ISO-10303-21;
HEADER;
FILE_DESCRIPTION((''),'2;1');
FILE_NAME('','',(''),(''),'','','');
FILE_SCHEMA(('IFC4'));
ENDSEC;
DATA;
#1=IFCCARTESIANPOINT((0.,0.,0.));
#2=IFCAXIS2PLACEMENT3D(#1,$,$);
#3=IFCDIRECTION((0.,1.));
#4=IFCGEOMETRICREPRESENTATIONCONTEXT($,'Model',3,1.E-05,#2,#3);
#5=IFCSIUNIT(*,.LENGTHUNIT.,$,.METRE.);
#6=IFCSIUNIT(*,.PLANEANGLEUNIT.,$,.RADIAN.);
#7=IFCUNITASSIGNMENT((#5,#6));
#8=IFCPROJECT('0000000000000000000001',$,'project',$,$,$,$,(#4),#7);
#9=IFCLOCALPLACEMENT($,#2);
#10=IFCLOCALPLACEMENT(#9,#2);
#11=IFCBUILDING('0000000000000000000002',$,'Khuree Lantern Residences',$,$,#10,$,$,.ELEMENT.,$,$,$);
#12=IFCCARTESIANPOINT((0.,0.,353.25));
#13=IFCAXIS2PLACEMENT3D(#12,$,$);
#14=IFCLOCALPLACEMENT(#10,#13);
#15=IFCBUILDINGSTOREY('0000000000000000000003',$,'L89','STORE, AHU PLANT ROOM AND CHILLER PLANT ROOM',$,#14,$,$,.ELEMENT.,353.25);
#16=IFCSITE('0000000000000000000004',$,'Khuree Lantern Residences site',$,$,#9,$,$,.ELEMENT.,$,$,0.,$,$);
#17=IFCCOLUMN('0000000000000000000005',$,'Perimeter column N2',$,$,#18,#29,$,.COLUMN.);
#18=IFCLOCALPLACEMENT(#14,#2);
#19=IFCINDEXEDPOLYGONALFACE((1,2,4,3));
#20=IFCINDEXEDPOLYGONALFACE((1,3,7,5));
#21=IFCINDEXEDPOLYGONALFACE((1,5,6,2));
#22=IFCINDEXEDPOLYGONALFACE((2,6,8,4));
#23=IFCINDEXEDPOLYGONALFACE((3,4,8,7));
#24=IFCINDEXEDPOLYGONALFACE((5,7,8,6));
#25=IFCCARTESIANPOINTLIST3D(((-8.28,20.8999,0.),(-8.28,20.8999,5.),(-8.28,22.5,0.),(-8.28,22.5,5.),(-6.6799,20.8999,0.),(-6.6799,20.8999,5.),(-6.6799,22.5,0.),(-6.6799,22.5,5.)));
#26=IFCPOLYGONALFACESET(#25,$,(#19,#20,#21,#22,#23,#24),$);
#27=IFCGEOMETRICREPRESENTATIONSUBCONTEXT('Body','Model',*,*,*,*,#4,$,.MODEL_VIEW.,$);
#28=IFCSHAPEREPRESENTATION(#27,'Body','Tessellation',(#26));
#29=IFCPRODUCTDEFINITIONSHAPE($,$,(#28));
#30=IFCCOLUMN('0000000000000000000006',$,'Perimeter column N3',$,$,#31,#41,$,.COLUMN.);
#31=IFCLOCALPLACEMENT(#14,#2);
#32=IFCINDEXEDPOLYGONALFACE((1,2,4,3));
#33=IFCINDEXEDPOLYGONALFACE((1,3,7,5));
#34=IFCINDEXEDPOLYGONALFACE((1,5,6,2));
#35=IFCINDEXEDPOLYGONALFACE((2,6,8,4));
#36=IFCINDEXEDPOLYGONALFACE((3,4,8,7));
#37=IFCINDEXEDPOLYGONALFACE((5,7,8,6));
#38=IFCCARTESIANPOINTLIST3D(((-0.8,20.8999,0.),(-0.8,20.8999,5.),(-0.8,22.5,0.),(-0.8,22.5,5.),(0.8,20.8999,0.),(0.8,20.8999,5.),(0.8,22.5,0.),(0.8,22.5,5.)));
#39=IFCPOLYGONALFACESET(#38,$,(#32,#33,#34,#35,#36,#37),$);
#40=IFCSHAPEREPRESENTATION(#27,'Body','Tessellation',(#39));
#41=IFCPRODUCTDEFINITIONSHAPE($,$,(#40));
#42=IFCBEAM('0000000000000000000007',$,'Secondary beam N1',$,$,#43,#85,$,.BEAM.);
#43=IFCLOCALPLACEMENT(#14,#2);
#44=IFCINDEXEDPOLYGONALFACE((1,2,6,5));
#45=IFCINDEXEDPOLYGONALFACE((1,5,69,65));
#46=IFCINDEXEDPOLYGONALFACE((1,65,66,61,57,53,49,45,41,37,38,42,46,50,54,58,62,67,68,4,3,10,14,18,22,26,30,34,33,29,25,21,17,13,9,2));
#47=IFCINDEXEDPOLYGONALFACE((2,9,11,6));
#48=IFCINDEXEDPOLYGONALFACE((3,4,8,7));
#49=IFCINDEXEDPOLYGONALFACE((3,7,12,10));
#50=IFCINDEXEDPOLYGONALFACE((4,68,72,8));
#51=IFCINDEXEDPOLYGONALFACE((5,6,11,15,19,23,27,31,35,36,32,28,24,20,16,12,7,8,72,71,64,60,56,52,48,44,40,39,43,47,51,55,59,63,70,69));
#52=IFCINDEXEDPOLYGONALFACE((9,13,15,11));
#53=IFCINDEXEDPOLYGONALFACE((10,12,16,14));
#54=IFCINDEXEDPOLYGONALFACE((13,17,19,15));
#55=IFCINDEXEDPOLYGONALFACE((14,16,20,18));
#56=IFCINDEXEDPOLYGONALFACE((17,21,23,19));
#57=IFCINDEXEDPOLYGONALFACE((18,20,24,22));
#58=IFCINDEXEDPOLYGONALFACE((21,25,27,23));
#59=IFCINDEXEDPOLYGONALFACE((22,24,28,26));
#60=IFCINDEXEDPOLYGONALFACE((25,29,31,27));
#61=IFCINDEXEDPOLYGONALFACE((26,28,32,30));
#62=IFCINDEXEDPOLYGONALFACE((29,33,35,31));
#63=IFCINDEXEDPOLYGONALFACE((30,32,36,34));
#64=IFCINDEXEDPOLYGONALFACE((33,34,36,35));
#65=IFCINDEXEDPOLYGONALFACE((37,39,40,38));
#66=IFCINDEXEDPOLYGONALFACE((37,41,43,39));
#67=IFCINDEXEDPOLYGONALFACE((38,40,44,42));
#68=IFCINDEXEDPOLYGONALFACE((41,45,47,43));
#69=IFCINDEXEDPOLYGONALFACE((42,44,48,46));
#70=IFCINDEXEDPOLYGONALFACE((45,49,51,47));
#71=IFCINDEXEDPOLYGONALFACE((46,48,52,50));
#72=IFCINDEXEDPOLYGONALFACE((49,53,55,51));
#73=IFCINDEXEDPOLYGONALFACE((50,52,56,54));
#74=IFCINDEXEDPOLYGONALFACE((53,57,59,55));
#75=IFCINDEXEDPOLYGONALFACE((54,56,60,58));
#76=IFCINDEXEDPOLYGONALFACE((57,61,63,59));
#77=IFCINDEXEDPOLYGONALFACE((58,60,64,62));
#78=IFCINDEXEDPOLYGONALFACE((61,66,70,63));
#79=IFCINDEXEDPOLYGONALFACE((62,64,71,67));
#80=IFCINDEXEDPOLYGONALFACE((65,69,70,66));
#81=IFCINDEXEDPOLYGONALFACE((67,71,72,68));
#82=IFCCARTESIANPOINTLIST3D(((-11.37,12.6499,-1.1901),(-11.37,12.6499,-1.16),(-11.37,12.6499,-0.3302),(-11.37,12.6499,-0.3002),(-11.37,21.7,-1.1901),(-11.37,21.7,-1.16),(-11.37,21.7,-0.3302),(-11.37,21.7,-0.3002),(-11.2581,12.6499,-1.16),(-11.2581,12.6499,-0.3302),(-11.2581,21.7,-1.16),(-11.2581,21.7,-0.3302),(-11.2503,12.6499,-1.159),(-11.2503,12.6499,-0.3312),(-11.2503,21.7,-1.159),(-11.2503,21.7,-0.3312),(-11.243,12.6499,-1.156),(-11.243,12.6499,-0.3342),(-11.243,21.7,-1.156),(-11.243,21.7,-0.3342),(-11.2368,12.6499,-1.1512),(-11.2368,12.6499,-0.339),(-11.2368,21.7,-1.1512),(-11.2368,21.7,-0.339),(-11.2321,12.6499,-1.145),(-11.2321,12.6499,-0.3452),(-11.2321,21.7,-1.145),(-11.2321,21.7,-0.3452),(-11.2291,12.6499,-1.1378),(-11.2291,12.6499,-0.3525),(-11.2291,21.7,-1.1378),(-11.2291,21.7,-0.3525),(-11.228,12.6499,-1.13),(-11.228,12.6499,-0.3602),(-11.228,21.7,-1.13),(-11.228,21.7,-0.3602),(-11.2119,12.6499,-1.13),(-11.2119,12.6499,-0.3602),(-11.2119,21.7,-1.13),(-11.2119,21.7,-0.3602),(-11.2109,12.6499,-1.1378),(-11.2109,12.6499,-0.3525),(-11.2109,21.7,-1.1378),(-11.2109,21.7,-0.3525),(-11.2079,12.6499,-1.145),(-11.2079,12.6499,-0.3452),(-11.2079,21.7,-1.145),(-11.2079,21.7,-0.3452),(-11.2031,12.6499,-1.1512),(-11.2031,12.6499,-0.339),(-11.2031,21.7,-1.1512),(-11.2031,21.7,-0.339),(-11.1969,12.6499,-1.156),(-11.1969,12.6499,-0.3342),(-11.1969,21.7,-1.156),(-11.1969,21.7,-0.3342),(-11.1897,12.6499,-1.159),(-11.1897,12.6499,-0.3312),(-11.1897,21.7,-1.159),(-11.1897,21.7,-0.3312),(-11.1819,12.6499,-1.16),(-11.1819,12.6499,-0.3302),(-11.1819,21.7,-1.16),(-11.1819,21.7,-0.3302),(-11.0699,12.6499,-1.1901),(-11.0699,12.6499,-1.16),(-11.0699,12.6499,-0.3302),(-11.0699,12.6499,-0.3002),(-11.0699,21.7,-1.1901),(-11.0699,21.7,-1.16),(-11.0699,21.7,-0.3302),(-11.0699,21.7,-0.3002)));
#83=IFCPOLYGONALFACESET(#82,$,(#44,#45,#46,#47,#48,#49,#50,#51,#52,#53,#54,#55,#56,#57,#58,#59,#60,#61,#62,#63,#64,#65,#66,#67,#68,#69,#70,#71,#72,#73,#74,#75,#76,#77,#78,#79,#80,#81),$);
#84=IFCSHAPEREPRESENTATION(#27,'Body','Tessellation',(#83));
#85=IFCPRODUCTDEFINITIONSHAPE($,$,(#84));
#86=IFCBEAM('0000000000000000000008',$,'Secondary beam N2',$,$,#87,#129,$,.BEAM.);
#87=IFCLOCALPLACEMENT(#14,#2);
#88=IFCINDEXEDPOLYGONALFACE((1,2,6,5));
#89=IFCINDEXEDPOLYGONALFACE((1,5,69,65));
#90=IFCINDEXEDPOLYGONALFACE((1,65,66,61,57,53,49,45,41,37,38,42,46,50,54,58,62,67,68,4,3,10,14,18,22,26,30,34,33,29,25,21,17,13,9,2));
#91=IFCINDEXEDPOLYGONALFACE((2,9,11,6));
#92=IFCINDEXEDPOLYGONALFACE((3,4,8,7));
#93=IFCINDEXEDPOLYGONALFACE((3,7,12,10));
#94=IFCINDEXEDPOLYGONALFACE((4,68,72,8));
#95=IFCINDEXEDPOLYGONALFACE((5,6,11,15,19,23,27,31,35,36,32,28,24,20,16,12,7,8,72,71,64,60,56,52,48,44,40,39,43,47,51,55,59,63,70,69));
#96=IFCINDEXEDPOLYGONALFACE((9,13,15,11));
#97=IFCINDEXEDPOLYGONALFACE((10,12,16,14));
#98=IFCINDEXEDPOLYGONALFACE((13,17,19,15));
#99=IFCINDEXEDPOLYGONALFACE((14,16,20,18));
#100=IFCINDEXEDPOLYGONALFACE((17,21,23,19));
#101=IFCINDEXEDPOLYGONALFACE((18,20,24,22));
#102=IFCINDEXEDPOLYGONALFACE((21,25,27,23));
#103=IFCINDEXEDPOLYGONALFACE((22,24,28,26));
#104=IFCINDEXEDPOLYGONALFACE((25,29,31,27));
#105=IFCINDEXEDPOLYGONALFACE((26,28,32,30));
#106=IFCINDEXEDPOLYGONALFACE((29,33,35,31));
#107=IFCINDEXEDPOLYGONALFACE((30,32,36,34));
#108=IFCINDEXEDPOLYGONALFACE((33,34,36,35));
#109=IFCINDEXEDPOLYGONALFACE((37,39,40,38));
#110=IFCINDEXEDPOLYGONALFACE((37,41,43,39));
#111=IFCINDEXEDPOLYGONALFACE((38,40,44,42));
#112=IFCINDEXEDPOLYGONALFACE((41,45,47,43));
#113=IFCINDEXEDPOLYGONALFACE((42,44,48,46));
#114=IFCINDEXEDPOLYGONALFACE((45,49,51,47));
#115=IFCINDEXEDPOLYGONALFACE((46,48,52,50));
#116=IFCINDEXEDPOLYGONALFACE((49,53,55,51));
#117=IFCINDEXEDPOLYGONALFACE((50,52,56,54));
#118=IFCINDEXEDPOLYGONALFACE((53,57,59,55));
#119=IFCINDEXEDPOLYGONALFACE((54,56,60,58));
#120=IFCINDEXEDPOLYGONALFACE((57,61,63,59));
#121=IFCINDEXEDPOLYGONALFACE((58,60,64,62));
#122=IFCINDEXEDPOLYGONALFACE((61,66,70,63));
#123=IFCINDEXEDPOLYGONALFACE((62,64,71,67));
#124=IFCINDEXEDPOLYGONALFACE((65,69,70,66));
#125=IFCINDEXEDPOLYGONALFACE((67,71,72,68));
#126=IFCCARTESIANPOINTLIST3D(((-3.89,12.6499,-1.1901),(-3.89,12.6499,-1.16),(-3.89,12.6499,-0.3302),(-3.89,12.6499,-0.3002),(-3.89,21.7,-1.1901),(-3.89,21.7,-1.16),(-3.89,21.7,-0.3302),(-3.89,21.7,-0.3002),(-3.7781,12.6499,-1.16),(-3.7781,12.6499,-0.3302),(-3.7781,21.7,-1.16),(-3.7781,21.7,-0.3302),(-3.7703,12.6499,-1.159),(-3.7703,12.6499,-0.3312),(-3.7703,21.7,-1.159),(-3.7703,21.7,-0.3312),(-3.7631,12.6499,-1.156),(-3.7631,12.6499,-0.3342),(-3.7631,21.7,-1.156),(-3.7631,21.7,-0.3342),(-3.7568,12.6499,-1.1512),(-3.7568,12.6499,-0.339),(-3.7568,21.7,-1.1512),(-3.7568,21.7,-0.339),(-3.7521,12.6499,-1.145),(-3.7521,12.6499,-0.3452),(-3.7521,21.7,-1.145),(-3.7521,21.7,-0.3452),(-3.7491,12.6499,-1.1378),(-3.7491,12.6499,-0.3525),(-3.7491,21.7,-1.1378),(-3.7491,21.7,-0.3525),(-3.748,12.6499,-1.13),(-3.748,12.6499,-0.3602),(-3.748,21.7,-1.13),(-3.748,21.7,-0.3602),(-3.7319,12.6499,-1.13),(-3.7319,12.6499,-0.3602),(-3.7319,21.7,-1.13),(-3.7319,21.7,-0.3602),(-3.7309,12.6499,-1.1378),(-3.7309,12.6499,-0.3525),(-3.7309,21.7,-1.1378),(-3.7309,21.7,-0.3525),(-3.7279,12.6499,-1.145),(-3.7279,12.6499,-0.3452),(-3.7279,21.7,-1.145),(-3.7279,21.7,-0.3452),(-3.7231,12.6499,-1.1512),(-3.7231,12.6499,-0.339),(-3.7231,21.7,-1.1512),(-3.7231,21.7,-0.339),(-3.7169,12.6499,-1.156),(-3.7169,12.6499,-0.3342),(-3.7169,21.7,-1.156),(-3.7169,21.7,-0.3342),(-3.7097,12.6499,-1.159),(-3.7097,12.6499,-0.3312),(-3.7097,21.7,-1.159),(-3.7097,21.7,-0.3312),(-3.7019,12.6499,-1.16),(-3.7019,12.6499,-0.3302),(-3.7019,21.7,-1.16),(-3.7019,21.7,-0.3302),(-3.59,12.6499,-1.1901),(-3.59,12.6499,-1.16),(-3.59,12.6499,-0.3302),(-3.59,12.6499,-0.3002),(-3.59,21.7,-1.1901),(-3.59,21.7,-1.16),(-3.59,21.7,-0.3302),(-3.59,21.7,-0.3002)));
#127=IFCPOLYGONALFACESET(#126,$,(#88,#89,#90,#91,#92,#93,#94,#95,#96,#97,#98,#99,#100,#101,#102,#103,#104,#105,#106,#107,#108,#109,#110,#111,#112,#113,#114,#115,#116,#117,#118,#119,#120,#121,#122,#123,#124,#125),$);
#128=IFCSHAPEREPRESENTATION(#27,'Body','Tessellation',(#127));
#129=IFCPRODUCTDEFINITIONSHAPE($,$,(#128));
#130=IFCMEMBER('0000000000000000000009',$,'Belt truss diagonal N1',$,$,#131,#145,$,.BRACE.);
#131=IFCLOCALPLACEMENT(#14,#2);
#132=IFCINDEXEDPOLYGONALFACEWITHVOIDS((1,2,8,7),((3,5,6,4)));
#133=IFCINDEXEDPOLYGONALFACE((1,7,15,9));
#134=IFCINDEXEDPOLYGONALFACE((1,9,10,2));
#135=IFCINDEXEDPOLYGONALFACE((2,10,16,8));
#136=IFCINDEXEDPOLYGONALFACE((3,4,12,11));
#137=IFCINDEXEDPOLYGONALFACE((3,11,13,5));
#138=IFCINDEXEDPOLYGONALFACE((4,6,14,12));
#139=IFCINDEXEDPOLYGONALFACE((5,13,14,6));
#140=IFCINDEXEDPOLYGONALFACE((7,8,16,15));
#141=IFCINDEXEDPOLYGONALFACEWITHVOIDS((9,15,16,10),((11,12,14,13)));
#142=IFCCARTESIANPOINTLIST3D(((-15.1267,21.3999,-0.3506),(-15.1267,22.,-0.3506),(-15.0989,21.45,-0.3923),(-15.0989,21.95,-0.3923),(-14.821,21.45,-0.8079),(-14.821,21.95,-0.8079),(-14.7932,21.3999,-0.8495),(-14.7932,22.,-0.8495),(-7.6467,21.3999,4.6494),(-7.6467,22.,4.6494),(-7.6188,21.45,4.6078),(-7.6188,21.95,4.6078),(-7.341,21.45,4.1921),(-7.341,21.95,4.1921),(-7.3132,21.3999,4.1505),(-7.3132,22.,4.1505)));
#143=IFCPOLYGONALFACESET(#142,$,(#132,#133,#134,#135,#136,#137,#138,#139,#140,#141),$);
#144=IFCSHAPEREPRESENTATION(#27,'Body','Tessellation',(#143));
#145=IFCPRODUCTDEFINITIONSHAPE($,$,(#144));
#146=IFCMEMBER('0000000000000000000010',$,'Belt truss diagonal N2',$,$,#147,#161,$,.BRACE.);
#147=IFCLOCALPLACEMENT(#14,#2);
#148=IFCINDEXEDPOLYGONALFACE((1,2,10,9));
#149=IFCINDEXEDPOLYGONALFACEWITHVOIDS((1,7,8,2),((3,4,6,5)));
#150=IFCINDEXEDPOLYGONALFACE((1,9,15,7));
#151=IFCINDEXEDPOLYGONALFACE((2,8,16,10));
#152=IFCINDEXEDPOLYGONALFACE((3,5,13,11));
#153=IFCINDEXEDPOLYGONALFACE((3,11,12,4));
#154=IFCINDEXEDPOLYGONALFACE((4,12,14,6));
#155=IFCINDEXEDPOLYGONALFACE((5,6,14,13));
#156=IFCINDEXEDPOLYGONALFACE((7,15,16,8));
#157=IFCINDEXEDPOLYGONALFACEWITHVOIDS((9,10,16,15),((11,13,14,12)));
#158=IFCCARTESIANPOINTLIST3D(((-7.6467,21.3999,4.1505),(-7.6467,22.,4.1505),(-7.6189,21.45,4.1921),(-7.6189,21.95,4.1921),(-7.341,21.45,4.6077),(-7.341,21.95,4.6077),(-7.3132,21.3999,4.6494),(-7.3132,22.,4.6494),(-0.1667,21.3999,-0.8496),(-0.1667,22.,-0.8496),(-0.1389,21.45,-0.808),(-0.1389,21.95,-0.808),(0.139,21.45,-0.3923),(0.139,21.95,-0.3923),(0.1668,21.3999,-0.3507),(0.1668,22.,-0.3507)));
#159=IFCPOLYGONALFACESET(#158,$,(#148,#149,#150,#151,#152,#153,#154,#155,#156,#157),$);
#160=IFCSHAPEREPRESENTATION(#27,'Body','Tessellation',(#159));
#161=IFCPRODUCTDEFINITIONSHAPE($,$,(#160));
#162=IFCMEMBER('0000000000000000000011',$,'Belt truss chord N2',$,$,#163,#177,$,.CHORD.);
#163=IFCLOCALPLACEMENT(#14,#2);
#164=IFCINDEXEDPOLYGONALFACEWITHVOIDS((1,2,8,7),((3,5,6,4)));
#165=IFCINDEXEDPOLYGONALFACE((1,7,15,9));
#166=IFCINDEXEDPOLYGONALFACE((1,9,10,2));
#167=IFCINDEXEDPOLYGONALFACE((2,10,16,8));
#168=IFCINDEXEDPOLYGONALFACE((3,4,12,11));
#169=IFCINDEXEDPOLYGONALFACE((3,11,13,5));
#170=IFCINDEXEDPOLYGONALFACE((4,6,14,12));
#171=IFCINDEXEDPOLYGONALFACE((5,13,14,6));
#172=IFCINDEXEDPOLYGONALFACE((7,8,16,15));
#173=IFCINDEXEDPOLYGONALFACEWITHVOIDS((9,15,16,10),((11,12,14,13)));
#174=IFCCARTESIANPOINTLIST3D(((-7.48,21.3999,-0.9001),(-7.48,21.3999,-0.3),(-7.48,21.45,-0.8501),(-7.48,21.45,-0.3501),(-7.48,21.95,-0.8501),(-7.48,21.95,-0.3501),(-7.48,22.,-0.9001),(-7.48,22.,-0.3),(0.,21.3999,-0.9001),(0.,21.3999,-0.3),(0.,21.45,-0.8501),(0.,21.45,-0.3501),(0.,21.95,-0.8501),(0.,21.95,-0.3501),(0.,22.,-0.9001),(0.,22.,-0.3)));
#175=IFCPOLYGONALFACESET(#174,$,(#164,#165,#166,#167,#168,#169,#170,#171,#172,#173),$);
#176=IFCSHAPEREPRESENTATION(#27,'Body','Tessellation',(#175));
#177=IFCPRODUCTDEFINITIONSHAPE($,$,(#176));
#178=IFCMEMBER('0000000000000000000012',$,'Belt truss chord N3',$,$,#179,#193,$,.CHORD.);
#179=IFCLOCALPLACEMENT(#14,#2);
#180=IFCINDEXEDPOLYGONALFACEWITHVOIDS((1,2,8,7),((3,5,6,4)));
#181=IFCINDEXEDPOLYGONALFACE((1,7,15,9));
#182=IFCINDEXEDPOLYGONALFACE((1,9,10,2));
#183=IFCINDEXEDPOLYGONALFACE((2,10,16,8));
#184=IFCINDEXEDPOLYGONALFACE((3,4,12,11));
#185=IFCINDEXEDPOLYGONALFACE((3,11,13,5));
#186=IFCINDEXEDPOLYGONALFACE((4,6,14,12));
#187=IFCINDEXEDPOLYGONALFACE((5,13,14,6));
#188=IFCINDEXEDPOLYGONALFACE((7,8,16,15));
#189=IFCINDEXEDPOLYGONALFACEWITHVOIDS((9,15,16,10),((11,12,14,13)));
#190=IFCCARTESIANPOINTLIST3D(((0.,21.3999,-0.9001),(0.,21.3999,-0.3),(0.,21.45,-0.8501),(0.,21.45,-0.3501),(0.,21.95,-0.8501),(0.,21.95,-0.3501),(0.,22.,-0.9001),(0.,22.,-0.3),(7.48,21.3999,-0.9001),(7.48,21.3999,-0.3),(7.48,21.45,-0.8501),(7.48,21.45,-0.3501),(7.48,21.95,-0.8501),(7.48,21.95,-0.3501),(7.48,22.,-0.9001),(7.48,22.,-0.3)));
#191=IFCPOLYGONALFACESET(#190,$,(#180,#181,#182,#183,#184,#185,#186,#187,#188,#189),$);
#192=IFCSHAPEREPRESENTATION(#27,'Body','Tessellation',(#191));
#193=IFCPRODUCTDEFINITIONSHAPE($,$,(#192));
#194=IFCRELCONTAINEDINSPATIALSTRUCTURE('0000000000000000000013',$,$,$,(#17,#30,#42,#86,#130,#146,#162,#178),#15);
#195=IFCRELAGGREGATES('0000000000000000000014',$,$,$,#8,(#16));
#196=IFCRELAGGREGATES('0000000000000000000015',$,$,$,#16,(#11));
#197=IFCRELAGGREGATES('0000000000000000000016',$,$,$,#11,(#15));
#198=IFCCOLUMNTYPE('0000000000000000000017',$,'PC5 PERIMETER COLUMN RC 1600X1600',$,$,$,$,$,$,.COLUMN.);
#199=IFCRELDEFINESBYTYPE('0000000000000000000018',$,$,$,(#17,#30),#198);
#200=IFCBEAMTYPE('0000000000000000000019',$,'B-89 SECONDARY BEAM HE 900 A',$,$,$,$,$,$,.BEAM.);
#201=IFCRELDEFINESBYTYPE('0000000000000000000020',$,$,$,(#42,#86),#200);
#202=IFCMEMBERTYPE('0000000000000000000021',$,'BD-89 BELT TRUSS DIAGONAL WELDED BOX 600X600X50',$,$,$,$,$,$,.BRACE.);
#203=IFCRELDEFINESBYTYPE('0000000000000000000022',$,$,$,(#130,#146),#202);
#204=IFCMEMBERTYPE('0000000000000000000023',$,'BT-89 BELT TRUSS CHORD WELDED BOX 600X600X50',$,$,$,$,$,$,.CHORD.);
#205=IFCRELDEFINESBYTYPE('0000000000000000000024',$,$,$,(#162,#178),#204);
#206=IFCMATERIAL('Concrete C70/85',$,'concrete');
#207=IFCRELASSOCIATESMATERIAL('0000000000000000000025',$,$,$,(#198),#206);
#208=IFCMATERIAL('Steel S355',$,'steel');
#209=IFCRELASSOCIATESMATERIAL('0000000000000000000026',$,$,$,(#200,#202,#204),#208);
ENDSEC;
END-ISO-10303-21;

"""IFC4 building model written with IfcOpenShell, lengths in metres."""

from ifc_helpers import new_model, si_unit, direction, frame, origin, origin_2d, place, context, subcontext, project, spatial, rectangle, hollow_rectangle, i_section, extrude, material, material_profile, profile_set, type_object, element, save


model = new_model("IFC4")

# Units and contexts
model_context = context("Model", 3, precision=1e-05, world=origin(), true_north=direction((0.0, 1.0)))
body_context = subcontext(model_context, "Body", "Model", "MODEL_VIEW")
ifc_project = project(units=[si_unit("LENGTHUNIT", "METRE"), si_unit("PLANEANGLEUNIT", "RADIAN")], contexts=[model_context])

# Site, building, storey
site_placement = place(None, origin())
site = spatial("IfcSite", under=ifc_project, at=site_placement, Name="Khuree Lantern Residences site", CompositionType="ELEMENT", RefElevation=0.0)
building_placement = place(site_placement, origin())
building = spatial("IfcBuilding", under=site, at=building_placement, Name="Khuree Lantern Residences", CompositionType="ELEMENT")
storey_placement = place(building_placement, frame((0.0, 0.0, 353.25)))
storey = spatial("IfcBuildingStorey", under=building, at=storey_placement, Name="L89", Description="STORE, AHU PLANT ROOM AND CHILLER PLANT ROOM", CompositionType="ELEMENT", Elevation=353.25)

# Columns
ifc_material_1 = material(Name="Concrete C70/85", Category="concrete")
ifc_material_profile_1 = material_profile(ifc_material_1, rectangle(XDim=1.6001, YDim=1.6001, at=origin_2d()), Name="RC 1600X1600")
ifc_profile_set_1 = profile_set([ifc_material_profile_1], Name="Concrete C70/85")
column_type = type_object("IfcColumnType", Name="PC5 PERIMETER COLUMN RC 1600X1600", PredefinedType="COLUMN", material=ifc_profile_set_1)
for number, where, z_axis, x_axis, name in (
    (1, (-7.48, 21.7, 0.0), (0.0, 0.0, 1.0), (1.0, 0.0, 0.0), "Perimeter column N2"),
    (2, (0.0, 21.7, 0.0), (0.0, 0.0, 1.0), (1.0, 0.0, 0.0), "Perimeter column N3"),
):
    element("IfcColumn", number, at=place(storey_placement, frame(where, z_axis=z_axis, x_axis=x_axis)), inside=storey, type_object=column_type, Name=name, PredefinedType="COLUMN", context=body_context, shape_type="SweptSolid", body=[
        extrude(rectangle(XDim=1.6001, YDim=1.6001, at=origin_2d()), origin(), (0.0, 0.0, 1.0), 5.0),
    ])

# Beams
ifc_material_2 = material(Name="Steel S355", Category="steel")
ifc_material_profile_2 = material_profile(ifc_material_2, i_section(OverallWidth=0.3, OverallDepth=0.8899, WebThickness=0.0161, FlangeThickness=0.03, FilletRadius=0.03, at=origin_2d()), Name="HE 900 A")
ifc_profile_set_2 = profile_set([ifc_material_profile_2], Name="Steel S355")
beam_type = type_object("IfcBeamType", Name="B-89 SECONDARY BEAM HE 900 A", PredefinedType="BEAM", material=ifc_profile_set_2)
for number, where, z_axis, x_axis, name in (
    (3, (-11.22, 21.7, -0.7451), (0.0, -1.0, 0.0), (1.0, 0.0, 0.0), "Secondary beam N1"),
    (4, (-3.74, 21.7, -0.7451), (0.0, -1.0, 0.0), (1.0, 0.0, 0.0), "Secondary beam N2"),
):
    element("IfcBeam", number, at=place(storey_placement, frame(where, z_axis=z_axis, x_axis=x_axis)), inside=storey, type_object=beam_type, Name=name, PredefinedType="BEAM", context=body_context, shape_type="SweptSolid", body=[
        extrude(i_section(OverallWidth=0.3, OverallDepth=0.8899, WebThickness=0.0161, FlangeThickness=0.03, FilletRadius=0.03, at=origin_2d()), origin(), (0.0, 0.0, 1.0), 9.05),
    ])

# Members
ifc_material_profile_3 = material_profile(ifc_material_2, hollow_rectangle(XDim=0.6001, YDim=0.6001, WallThickness=0.05, at=origin_2d()), Name="WELDED BOX 600X600X50")
ifc_profile_set_3 = profile_set([ifc_material_profile_3], Name="Steel S355")
member_type_1 = type_object("IfcMemberType", Name="BD-89 BELT TRUSS DIAGONAL WELDED BOX 600X600X50", PredefinedType="BRACE", material=ifc_profile_set_3)
for number, where, z_axis, x_axis, name in (
    (5, (-14.96, 21.7, -0.6001), (0.831365, 0.0, 0.555727), (0.0, 1.0, 0.0), "Belt truss diagonal N1"),
    (6, (-7.48, 21.7, 4.3999), (0.831365, 0.0, -0.555727), (0.0, 1.0, 0.0), "Belt truss diagonal N2"),
):
    element("IfcMember", number, at=place(storey_placement, frame(where, z_axis=z_axis, x_axis=x_axis)), inside=storey, type_object=member_type_1, Name=name, PredefinedType="BRACE", context=body_context, shape_type="SweptSolid", body=[
        extrude(hollow_rectangle(XDim=0.6001, YDim=0.6001, WallThickness=0.05, at=origin_2d()), origin(), (0.0, 0.0, 1.0), 8.9973),
    ])
ifc_material_profile_4 = material_profile(ifc_material_2, hollow_rectangle(XDim=0.6001, YDim=0.6001, WallThickness=0.05, at=origin_2d()), Name="WELDED BOX 600X600X50")
ifc_profile_set_4 = profile_set([ifc_material_profile_4], Name="Steel S355")
member_type_2 = type_object("IfcMemberType", Name="BT-89 BELT TRUSS CHORD WELDED BOX 600X600X50", PredefinedType="CHORD", material=ifc_profile_set_4)
for number, where, z_axis, x_axis, name in (
    (7, (-7.48, 21.7, -0.6001), (1.0, 0.0, 0.0), (0.0, 1.0, 0.0), "Belt truss chord N2"),
    (8, (0.0, 21.7, -0.6001), (1.0, 0.0, 0.0), (0.0, 1.0, 0.0), "Belt truss chord N3"),
):
    element("IfcMember", number, at=place(storey_placement, frame(where, z_axis=z_axis, x_axis=x_axis)), inside=storey, type_object=member_type_2, Name=name, PredefinedType="CHORD", context=body_context, shape_type="SweptSolid", body=[
        extrude(hollow_rectangle(XDim=0.6001, YDim=0.6001, WallThickness=0.05, at=origin_2d()), origin(), (0.0, 0.0, 1.0), 7.48),
    ])

save(model, "model.ifc")
